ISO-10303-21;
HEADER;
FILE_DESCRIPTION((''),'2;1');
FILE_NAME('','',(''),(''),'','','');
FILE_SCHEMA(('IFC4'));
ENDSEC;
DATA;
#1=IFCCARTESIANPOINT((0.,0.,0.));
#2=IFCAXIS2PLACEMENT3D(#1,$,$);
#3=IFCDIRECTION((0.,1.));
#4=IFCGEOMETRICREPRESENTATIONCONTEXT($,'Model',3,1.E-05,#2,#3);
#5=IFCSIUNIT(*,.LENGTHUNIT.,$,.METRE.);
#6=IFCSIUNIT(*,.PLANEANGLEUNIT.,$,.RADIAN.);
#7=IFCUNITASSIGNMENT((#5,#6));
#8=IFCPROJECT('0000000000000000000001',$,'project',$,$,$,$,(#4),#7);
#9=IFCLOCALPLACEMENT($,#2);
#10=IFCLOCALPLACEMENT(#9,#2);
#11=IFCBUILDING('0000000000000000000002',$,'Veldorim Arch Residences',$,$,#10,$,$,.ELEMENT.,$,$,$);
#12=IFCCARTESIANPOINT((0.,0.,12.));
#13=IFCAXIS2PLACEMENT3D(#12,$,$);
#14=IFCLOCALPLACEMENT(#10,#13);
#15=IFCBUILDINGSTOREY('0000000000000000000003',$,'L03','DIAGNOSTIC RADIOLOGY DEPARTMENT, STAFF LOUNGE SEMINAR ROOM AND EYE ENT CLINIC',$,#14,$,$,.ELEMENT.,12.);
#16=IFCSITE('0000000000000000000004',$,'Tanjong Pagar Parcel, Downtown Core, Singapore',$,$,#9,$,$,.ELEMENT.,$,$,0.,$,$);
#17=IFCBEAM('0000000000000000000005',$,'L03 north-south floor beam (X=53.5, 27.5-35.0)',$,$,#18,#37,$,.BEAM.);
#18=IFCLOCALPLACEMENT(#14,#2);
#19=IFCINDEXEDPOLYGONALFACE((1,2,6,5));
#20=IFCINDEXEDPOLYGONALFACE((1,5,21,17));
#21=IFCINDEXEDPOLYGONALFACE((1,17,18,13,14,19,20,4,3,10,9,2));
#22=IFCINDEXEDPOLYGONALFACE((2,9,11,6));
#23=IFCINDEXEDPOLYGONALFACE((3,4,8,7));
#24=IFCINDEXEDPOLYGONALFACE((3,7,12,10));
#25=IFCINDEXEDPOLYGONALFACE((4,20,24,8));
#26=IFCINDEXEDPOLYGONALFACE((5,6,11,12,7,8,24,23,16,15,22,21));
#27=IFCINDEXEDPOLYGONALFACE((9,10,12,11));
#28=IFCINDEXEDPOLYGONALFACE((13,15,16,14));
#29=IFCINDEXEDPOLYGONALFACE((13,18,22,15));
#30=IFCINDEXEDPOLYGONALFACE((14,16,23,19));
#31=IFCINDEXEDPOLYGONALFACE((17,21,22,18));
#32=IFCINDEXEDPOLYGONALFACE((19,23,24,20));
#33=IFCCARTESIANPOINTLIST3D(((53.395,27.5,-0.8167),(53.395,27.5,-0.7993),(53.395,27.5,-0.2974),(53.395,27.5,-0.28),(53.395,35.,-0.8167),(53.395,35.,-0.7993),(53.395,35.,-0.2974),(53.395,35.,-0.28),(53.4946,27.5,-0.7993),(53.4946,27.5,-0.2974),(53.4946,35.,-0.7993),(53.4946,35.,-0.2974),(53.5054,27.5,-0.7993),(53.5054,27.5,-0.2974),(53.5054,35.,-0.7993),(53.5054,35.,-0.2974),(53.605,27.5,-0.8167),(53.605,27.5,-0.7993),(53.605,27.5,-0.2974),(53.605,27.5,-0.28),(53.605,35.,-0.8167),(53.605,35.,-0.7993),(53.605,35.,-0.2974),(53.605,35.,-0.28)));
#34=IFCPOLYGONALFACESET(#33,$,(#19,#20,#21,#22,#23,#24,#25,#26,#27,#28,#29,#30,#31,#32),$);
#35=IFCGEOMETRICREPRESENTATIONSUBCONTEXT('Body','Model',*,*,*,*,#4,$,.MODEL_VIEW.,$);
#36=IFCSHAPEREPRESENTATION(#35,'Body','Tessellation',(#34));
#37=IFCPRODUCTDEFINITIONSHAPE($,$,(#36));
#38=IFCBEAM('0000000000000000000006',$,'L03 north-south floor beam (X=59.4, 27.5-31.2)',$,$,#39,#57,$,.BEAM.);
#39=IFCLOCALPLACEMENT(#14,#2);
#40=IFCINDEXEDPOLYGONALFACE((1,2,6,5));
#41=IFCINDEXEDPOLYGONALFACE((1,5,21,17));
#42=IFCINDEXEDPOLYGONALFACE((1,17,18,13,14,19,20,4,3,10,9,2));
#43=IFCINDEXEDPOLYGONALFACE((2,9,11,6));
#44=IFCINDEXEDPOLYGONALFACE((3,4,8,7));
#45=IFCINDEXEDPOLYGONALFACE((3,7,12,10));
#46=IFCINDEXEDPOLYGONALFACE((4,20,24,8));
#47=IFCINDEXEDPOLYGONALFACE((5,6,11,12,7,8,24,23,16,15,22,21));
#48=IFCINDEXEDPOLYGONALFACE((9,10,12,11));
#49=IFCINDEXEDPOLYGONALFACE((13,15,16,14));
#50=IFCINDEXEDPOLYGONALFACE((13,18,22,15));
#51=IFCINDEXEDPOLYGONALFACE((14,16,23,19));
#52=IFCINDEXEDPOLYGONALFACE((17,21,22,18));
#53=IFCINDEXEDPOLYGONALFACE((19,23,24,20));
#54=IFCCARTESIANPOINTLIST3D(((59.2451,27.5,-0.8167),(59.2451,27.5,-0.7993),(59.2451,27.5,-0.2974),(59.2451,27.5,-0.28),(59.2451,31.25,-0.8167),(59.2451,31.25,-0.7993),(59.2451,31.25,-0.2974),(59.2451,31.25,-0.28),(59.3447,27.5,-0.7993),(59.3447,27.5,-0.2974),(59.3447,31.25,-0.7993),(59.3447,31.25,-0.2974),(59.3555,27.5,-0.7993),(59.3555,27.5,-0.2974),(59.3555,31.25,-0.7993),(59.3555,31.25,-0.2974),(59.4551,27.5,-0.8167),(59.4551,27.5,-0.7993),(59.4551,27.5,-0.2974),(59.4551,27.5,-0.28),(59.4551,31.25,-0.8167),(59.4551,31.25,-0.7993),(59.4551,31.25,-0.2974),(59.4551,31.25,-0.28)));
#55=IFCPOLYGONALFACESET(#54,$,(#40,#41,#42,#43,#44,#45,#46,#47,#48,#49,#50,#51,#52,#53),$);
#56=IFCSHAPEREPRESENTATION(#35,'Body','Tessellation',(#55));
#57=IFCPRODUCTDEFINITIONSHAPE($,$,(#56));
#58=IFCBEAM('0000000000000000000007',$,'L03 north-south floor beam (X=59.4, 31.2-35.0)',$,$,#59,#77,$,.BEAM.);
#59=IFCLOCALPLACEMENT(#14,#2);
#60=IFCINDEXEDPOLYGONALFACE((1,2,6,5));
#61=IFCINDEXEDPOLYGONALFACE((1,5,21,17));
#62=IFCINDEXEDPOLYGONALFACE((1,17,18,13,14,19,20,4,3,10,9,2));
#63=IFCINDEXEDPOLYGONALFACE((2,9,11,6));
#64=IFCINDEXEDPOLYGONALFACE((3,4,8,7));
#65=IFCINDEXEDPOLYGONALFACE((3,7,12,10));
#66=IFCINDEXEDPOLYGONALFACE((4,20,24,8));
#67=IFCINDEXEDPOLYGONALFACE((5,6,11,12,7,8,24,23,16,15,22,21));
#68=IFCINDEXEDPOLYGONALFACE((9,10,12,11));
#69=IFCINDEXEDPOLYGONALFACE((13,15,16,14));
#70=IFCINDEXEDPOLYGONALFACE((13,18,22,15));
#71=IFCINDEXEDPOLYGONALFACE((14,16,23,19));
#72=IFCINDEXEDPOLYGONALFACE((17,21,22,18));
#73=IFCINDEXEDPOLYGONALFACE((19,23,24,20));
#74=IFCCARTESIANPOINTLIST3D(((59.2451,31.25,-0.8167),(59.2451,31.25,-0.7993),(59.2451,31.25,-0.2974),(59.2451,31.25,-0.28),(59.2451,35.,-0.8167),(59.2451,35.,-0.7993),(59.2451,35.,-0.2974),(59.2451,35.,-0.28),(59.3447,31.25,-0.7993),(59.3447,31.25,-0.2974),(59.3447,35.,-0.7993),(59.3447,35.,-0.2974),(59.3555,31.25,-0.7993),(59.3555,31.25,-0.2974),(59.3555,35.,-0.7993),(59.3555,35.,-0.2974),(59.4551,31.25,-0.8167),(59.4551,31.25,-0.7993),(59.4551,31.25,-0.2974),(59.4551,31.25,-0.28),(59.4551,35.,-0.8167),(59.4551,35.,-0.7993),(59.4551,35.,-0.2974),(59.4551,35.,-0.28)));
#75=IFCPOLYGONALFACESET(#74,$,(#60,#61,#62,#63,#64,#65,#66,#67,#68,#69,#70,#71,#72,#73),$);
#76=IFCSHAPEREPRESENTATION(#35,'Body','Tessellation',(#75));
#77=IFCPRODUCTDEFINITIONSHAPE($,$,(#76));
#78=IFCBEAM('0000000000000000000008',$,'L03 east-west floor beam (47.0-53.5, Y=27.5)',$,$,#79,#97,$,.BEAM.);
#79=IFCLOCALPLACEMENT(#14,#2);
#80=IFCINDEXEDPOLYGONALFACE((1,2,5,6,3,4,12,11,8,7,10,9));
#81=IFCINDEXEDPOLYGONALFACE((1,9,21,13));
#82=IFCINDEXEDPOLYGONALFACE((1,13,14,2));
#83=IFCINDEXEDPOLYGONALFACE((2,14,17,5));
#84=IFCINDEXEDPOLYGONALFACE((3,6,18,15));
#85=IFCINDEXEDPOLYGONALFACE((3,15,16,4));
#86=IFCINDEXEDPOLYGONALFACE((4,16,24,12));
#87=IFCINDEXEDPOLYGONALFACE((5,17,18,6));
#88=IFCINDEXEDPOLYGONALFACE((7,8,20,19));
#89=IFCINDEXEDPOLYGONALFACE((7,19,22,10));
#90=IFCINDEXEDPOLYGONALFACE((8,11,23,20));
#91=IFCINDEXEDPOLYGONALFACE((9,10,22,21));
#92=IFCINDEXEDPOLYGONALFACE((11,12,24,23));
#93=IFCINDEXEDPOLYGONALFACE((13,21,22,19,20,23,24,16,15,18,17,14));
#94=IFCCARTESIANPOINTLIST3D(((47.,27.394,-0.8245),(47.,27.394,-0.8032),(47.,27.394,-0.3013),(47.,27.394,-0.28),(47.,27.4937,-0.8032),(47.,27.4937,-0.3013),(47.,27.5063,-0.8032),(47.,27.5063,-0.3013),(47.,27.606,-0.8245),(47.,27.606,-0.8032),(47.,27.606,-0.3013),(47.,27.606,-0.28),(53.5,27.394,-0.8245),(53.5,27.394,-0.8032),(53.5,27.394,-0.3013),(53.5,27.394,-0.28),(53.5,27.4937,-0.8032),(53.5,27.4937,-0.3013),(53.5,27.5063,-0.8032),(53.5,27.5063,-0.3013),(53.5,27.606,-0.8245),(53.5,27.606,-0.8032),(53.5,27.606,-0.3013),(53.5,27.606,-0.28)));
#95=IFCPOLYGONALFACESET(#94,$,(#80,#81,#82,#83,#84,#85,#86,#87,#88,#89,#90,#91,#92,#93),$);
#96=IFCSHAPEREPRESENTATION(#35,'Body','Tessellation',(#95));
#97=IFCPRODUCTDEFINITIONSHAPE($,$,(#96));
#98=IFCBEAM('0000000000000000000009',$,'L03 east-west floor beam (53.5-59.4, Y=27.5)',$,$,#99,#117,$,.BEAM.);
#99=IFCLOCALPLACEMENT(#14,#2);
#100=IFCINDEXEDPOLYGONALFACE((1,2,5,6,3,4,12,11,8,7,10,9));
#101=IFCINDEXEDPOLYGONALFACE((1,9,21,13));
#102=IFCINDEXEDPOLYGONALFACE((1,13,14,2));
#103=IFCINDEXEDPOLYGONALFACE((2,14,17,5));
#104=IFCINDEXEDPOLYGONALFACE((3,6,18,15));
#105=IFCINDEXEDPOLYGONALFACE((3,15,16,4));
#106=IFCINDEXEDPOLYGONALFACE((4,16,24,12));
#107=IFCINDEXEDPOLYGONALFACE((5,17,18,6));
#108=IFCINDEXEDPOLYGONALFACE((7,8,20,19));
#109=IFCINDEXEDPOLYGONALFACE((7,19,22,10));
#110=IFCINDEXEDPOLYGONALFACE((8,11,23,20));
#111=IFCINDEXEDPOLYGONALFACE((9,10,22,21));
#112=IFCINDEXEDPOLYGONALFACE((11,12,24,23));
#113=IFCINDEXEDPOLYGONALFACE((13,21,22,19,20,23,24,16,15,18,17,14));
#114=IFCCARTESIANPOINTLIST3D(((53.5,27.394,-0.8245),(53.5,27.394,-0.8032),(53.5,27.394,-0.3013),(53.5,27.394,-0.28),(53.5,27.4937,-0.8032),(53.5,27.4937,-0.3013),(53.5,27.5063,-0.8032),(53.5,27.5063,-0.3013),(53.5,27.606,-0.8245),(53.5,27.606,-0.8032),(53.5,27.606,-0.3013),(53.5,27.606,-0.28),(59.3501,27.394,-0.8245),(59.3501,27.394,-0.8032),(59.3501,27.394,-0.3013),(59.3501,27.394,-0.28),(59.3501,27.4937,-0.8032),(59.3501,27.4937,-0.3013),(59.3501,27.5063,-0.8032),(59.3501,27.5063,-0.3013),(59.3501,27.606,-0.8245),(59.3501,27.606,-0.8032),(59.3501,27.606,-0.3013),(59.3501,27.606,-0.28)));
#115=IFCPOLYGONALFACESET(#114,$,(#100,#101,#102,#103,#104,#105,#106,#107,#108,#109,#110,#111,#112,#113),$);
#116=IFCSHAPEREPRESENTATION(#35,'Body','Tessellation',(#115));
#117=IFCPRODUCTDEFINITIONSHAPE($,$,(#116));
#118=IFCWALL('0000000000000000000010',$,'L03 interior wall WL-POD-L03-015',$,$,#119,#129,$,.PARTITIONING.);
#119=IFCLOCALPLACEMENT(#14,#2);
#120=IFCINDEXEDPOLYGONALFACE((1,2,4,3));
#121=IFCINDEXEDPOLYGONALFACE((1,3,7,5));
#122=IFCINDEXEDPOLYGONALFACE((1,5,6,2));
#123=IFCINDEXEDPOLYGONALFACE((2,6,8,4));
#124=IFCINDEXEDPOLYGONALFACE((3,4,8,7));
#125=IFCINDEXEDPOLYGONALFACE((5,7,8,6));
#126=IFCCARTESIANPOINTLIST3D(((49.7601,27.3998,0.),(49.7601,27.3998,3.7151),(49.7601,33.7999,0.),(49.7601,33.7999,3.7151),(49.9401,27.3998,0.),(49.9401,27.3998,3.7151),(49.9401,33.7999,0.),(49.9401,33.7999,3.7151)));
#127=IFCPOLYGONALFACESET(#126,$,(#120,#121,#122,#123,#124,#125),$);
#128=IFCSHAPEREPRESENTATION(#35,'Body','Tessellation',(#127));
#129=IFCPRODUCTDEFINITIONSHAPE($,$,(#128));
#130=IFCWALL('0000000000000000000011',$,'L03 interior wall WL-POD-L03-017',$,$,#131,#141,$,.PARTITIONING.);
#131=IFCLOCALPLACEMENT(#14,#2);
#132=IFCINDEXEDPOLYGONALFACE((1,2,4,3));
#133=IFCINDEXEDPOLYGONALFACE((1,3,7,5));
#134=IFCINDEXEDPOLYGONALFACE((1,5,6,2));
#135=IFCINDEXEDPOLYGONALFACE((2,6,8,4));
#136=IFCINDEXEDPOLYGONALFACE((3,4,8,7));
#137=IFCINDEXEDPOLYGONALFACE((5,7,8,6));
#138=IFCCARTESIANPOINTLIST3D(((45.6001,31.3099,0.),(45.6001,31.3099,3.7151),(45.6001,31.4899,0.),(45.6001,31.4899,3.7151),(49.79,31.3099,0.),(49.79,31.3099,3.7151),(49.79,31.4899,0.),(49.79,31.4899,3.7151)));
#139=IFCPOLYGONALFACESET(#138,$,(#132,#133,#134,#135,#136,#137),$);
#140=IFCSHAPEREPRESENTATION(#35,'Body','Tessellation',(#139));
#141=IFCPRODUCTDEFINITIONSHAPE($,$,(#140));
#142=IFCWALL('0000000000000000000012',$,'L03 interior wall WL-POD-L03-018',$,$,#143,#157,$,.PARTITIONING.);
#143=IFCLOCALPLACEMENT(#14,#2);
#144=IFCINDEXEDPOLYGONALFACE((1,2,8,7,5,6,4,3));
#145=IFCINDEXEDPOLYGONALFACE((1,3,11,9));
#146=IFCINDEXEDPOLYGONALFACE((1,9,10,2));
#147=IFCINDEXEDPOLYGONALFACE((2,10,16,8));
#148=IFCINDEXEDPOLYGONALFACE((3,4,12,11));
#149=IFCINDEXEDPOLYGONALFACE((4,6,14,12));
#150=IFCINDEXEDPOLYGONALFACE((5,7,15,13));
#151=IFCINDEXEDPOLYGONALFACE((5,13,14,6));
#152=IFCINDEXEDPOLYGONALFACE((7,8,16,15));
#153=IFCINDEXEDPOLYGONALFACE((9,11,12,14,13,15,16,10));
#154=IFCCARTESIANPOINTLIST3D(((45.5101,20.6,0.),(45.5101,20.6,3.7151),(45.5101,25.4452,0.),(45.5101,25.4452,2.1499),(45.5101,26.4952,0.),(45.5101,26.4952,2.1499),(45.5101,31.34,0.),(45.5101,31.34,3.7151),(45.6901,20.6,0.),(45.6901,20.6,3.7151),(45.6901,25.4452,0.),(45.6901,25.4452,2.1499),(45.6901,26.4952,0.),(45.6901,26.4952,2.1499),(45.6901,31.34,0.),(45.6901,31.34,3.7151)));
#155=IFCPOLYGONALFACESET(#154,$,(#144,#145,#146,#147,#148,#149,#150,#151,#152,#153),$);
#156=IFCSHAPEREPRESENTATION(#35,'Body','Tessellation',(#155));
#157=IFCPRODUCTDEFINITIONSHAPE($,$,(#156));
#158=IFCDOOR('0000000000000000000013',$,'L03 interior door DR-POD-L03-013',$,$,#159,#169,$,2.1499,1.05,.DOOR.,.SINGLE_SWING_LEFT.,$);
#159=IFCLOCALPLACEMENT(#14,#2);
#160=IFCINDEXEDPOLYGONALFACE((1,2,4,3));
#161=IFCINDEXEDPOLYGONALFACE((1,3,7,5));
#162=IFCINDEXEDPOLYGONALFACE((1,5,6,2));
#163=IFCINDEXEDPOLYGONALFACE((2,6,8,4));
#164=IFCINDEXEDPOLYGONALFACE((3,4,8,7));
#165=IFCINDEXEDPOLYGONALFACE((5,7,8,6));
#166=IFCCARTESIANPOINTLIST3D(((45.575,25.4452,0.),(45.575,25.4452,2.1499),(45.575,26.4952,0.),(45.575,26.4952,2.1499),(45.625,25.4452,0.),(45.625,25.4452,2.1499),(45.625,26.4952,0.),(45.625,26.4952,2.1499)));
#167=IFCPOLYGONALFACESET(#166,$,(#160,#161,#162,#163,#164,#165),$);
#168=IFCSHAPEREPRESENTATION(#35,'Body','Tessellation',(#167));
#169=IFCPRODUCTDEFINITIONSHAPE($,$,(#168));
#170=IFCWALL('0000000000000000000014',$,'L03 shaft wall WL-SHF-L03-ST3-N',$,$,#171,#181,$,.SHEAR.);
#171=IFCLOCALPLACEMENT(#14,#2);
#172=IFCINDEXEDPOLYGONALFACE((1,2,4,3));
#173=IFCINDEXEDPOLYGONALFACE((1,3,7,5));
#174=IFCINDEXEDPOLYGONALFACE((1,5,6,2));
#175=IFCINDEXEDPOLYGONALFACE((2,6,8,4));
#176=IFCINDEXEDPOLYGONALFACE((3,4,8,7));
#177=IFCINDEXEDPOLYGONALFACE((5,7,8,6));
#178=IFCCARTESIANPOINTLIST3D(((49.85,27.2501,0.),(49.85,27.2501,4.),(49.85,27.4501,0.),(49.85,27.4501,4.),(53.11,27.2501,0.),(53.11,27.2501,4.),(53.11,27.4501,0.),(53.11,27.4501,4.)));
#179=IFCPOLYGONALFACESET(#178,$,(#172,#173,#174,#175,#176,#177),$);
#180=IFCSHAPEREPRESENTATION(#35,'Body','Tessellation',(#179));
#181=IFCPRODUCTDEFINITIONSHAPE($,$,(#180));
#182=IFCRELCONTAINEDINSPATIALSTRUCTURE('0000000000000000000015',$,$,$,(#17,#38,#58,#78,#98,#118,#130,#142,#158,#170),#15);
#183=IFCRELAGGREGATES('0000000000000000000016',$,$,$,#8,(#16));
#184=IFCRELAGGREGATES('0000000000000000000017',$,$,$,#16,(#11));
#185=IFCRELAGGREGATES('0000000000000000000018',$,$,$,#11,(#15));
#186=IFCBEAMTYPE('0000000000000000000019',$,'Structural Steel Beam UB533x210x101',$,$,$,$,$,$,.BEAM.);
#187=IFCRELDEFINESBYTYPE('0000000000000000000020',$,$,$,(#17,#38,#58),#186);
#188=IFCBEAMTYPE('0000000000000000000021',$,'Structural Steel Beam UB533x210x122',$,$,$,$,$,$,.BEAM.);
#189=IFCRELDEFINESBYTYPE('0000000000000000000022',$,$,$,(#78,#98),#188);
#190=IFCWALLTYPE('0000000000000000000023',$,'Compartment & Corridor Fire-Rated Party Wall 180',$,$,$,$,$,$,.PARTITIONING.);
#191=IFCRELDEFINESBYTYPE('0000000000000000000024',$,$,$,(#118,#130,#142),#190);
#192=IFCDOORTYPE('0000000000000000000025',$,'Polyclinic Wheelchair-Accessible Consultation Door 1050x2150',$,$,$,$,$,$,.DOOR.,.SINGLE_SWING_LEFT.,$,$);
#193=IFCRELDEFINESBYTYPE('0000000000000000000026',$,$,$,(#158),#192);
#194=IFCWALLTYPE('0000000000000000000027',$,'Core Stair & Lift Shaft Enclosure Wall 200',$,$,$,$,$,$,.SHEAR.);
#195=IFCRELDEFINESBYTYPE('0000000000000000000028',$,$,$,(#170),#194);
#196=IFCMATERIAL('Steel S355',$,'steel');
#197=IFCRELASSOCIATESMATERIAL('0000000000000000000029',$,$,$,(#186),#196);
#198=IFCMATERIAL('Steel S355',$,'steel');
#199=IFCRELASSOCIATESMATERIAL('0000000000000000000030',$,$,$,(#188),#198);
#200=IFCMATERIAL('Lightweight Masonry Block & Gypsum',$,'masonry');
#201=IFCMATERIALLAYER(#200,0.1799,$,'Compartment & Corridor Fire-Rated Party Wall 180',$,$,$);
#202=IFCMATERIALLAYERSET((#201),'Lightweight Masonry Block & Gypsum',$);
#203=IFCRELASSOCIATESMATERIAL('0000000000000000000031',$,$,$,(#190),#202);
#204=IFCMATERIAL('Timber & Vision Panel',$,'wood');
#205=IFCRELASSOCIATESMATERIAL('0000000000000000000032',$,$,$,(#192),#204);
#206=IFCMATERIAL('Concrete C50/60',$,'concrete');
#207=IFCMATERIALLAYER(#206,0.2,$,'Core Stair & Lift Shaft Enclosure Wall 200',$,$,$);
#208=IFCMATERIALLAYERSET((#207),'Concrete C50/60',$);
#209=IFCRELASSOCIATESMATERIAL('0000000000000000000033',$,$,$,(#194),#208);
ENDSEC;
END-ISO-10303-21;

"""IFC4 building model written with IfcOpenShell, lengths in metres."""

from ifc_helpers import new_model, si_unit, direction, frame, frame_2d, origin, origin_2d, place, context, subcontext, project, spatial, rectangle, i_section, extrude, material, layer, layer_set, material_profile, profile_set, type_object, element, fill, save


model = new_model("IFC4")

# Units and contexts
model_context = context("Model", 3, precision=1e-05, world=origin(), true_north=direction((0.0, 1.0)))
body_context = subcontext(model_context, "Body", "Model", "MODEL_VIEW")
ifc_project = project(units=[si_unit("LENGTHUNIT", "METRE"), si_unit("PLANEANGLEUNIT", "RADIAN")], contexts=[model_context])

# Site, building, storey
site_placement = place(None, origin())
site = spatial("IfcSite", under=ifc_project, at=site_placement, Name="Tanjong Pagar Parcel, Downtown Core, Singapore", CompositionType="ELEMENT", RefElevation=0.0)
building_placement = place(site_placement, origin())
building = spatial("IfcBuilding", under=site, at=building_placement, Name="Veldorim Arch Residences", CompositionType="ELEMENT")
storey_placement = place(building_placement, frame((0.0, 0.0, 12.0)))
storey = spatial("IfcBuildingStorey", under=building, at=storey_placement, Name="L03", Description="DIAGNOSTIC RADIOLOGY DEPARTMENT, STAFF LOUNGE SEMINAR ROOM AND EYE ENT CLINIC", CompositionType="ELEMENT", Elevation=12.0)

# Beams
ifc_material_1 = material(Name="Steel S355", Category="steel")
ifc_material_profile_1 = material_profile(ifc_material_1, i_section(OverallWidth=0.21, OverallDepth=0.5366, WebThickness=0.0107, FlangeThickness=0.0173, at=origin_2d()), Name="UB533x210x101")
ifc_profile_set_1 = profile_set([ifc_material_profile_1], Name="Steel S355")
beam_type_1 = type_object("IfcBeamType", Name="Structural Steel Beam UB533x210x101", PredefinedType="BEAM", material=ifc_profile_set_1)
for number, where, z_axis, x_axis, name in (
    (1, (53.5, 27.5, -0.5483), (0.0, 1.0, 0.0), (-1.0, 0.0, 0.0), "L03 north-south floor beam (X=53.5, 27.5-35.0)"),
):
    element("IfcBeam", number, at=place(storey_placement, frame(where, z_axis=z_axis, x_axis=x_axis)), inside=storey, type_object=beam_type_1, Name=name, PredefinedType="BEAM", context=body_context, shape_type="SweptSolid", body=[
        extrude(i_section(OverallWidth=0.21, OverallDepth=0.5366, WebThickness=0.0107, FlangeThickness=0.0173, at=origin_2d()), origin(), (0.0, 0.0, 1.0), 7.5),
    ])
for number, where, z_axis, x_axis, name in (
    (2, (59.3501, 27.5, -0.5483), (0.0, 1.0, 0.0), (-1.0, 0.0, 0.0), "L03 north-south floor beam (X=59.4, 27.5-31.2)"),
    (3, (59.3501, 31.25, -0.5483), (0.0, 1.0, 0.0), (-1.0, 0.0, 0.0), "L03 north-south floor beam (X=59.4, 31.2-35.0)"),
):
    element("IfcBeam", number, at=place(storey_placement, frame(where, z_axis=z_axis, x_axis=x_axis)), inside=storey, type_object=beam_type_1, Name=name, PredefinedType="BEAM", context=body_context, shape_type="SweptSolid", body=[
        extrude(i_section(OverallWidth=0.21, OverallDepth=0.5366, WebThickness=0.0107, FlangeThickness=0.0173, at=origin_2d()), origin(), (0.0, 0.0, 1.0), 3.75),
    ])
ifc_material_2 = material(Name="Steel S355", Category="steel")
ifc_material_profile_2 = material_profile(ifc_material_2, i_section(OverallWidth=0.2119, OverallDepth=0.5444, WebThickness=0.0127, FlangeThickness=0.0212, at=origin_2d()), Name="UB533x210x122")
ifc_profile_set_2 = profile_set([ifc_material_profile_2], Name="Steel S355")
beam_type_2 = type_object("IfcBeamType", Name="Structural Steel Beam UB533x210x122", PredefinedType="BEAM", material=ifc_profile_set_2)
beam_1_placement = place(storey_placement, frame((47.0, 27.5, -0.5522), z_axis=(1.0, 0.0, 0.0), x_axis=(0.0, 1.0, 0.0)))
element("IfcBeam", 4, at=beam_1_placement, inside=storey, type_object=beam_type_2, Name="L03 east-west floor beam (47.0-53.5, Y=27.5)", PredefinedType="BEAM", context=body_context, shape_type="SweptSolid", body=[
    extrude(i_section(OverallWidth=0.2119, OverallDepth=0.5444, WebThickness=0.0127, FlangeThickness=0.0212, at=origin_2d()), origin(), (0.0, 0.0, 1.0), 6.5),
])
beam_2_placement = place(storey_placement, frame((53.5, 27.5, -0.5522), z_axis=(1.0, 0.0, 0.0), x_axis=(0.0, 1.0, 0.0)))
element("IfcBeam", 5, at=beam_2_placement, inside=storey, type_object=beam_type_2, Name="L03 east-west floor beam (53.5-59.4, Y=27.5)", PredefinedType="BEAM", context=body_context, shape_type="SweptSolid", body=[
    extrude(i_section(OverallWidth=0.2119, OverallDepth=0.5444, WebThickness=0.0127, FlangeThickness=0.0212, at=origin_2d()), origin(), (0.0, 0.0, 1.0), 5.8501),
])

# Walls
ifc_material_3 = material(Name="Lightweight Masonry Block & Gypsum", Category="masonry")
ifc_layer_1 = layer(ifc_material_3, 0.1799, Name="Compartment & Corridor Fire-Rated Party Wall 180")
ifc_layer_set_1 = layer_set([ifc_layer_1], Name="Lightweight Masonry Block & Gypsum")
wall_type_1 = type_object("IfcWallType", Name="Compartment & Corridor Fire-Rated Party Wall 180", PredefinedType="PARTITIONING", material=ifc_layer_set_1)
wall_1_placement = place(storey_placement, frame((49.8501, 33.8, 0.0), z_axis=(0.0, 0.0, 1.0), x_axis=(0.0, -1.0, 0.0)))
element("IfcWall", 6, at=wall_1_placement, inside=storey, type_object=wall_type_1, Name="L03 interior wall WL-POD-L03-015", PredefinedType="PARTITIONING", context=body_context, shape_type="SweptSolid", body=[
    extrude(rectangle(XDim=6.4001, YDim=0.1799, at=frame_2d((3.2002, 0.0))), origin(), (0.0, 0.0, 1.0), 3.7151),
])
wall_2_placement = place(storey_placement, frame((49.79, 31.3999, 0.0), z_axis=(0.0, 0.0, 1.0), x_axis=(-1.0, 0.0, 0.0)))
element("IfcWall", 7, at=wall_2_placement, inside=storey, type_object=wall_type_1, Name="L03 interior wall WL-POD-L03-017", PredefinedType="PARTITIONING", context=body_context, shape_type="SweptSolid", body=[
    extrude(rectangle(XDim=4.1899, YDim=0.1799, at=frame_2d((2.095, 0.0))), origin(), (0.0, 0.0, 1.0), 3.7151),
])

# Wall, opening, door
wall_3_placement = place(storey_placement, frame((45.6001, 31.3401, 0.0), z_axis=(0.0, 0.0, 1.0), x_axis=(0.0, -1.0, 0.0)))
wall_3 = element("IfcWall", 8, at=wall_3_placement, inside=storey, type_object=wall_type_1, Name="L03 interior wall WL-POD-L03-018", PredefinedType="PARTITIONING", context=body_context, shape_type="SweptSolid", body=[
    extrude(rectangle(XDim=10.74, YDim=0.1799, at=frame_2d((5.3701, 0.0))), origin(), (0.0, 0.0, 1.0), 3.7151),
])
opening_placement = place(wall_3_placement, frame((4.845, 0.0, 0.0)))
opening = element("IfcOpeningElement", 9, at=opening_placement, cuts=wall_3, PredefinedType="OPENING", context=body_context, shape_type="SweptSolid", body=[
    extrude(rectangle(XDim=1.05, YDim=2.1499, at=frame_2d((0.5249, 1.075))), frame((0.0, 0.0999, 0.0), z_axis=(0.0, -1.0, 0.0), x_axis=(1.0, 0.0, 0.0)), (0.0, 0.0, 1.0), 0.2),
])
ifc_material_4 = material(Name="Timber & Vision Panel", Category="wood")
door_type = type_object("IfcDoorType", Name="Polyclinic Wheelchair-Accessible Consultation Door 1050x2150", OperationType="SINGLE_SWING_LEFT", PredefinedType="DOOR", material=ifc_material_4)
door_placement = place(opening_placement, origin())
door = element("IfcDoor", 10, at=door_placement, inside=storey, type_object=door_type, Name="L03 interior door DR-POD-L03-013", OperationType="SINGLE_SWING_LEFT", OverallHeight=2.1499, OverallWidth=1.05, PredefinedType="DOOR", context=body_context, shape_type="SweptSolid", body=[
    extrude(rectangle(XDim=1.05, YDim=2.1499, at=frame_2d((0.5249, 1.075))), frame((0.0, 0.0249, 0.0), z_axis=(0.0, -1.0, 0.0), x_axis=(1.0, 0.0, 0.0)), (0.0, 0.0, 1.0), 0.05),
])
fill(opening, door)

# Wall
ifc_material_5 = material(Name="Concrete C50/60", Category="concrete")
ifc_layer_2 = layer(ifc_material_5, 0.2, Name="Core Stair & Lift Shaft Enclosure Wall 200")
ifc_layer_set_2 = layer_set([ifc_layer_2], Name="Concrete C50/60")
wall_type_2 = type_object("IfcWallType", Name="Core Stair & Lift Shaft Enclosure Wall 200", PredefinedType="SHEAR", material=ifc_layer_set_2)
wall_4_placement = place(storey_placement, frame((49.8501, 27.3501, 0.0), z_axis=(0.0, 0.0, 1.0), x_axis=(1.0, 0.0, 0.0)))
element("IfcWall", 11, at=wall_4_placement, inside=storey, type_object=wall_type_2, Name="L03 shaft wall WL-SHF-L03-ST3-N", PredefinedType="SHEAR", context=body_context, shape_type="SweptSolid", body=[
    extrude(rectangle(XDim=3.26, YDim=0.2, at=frame_2d((1.6299, 0.0))), origin(), (0.0, 0.0, 1.0), 4.0),
])

save(model, "model.ifc")
